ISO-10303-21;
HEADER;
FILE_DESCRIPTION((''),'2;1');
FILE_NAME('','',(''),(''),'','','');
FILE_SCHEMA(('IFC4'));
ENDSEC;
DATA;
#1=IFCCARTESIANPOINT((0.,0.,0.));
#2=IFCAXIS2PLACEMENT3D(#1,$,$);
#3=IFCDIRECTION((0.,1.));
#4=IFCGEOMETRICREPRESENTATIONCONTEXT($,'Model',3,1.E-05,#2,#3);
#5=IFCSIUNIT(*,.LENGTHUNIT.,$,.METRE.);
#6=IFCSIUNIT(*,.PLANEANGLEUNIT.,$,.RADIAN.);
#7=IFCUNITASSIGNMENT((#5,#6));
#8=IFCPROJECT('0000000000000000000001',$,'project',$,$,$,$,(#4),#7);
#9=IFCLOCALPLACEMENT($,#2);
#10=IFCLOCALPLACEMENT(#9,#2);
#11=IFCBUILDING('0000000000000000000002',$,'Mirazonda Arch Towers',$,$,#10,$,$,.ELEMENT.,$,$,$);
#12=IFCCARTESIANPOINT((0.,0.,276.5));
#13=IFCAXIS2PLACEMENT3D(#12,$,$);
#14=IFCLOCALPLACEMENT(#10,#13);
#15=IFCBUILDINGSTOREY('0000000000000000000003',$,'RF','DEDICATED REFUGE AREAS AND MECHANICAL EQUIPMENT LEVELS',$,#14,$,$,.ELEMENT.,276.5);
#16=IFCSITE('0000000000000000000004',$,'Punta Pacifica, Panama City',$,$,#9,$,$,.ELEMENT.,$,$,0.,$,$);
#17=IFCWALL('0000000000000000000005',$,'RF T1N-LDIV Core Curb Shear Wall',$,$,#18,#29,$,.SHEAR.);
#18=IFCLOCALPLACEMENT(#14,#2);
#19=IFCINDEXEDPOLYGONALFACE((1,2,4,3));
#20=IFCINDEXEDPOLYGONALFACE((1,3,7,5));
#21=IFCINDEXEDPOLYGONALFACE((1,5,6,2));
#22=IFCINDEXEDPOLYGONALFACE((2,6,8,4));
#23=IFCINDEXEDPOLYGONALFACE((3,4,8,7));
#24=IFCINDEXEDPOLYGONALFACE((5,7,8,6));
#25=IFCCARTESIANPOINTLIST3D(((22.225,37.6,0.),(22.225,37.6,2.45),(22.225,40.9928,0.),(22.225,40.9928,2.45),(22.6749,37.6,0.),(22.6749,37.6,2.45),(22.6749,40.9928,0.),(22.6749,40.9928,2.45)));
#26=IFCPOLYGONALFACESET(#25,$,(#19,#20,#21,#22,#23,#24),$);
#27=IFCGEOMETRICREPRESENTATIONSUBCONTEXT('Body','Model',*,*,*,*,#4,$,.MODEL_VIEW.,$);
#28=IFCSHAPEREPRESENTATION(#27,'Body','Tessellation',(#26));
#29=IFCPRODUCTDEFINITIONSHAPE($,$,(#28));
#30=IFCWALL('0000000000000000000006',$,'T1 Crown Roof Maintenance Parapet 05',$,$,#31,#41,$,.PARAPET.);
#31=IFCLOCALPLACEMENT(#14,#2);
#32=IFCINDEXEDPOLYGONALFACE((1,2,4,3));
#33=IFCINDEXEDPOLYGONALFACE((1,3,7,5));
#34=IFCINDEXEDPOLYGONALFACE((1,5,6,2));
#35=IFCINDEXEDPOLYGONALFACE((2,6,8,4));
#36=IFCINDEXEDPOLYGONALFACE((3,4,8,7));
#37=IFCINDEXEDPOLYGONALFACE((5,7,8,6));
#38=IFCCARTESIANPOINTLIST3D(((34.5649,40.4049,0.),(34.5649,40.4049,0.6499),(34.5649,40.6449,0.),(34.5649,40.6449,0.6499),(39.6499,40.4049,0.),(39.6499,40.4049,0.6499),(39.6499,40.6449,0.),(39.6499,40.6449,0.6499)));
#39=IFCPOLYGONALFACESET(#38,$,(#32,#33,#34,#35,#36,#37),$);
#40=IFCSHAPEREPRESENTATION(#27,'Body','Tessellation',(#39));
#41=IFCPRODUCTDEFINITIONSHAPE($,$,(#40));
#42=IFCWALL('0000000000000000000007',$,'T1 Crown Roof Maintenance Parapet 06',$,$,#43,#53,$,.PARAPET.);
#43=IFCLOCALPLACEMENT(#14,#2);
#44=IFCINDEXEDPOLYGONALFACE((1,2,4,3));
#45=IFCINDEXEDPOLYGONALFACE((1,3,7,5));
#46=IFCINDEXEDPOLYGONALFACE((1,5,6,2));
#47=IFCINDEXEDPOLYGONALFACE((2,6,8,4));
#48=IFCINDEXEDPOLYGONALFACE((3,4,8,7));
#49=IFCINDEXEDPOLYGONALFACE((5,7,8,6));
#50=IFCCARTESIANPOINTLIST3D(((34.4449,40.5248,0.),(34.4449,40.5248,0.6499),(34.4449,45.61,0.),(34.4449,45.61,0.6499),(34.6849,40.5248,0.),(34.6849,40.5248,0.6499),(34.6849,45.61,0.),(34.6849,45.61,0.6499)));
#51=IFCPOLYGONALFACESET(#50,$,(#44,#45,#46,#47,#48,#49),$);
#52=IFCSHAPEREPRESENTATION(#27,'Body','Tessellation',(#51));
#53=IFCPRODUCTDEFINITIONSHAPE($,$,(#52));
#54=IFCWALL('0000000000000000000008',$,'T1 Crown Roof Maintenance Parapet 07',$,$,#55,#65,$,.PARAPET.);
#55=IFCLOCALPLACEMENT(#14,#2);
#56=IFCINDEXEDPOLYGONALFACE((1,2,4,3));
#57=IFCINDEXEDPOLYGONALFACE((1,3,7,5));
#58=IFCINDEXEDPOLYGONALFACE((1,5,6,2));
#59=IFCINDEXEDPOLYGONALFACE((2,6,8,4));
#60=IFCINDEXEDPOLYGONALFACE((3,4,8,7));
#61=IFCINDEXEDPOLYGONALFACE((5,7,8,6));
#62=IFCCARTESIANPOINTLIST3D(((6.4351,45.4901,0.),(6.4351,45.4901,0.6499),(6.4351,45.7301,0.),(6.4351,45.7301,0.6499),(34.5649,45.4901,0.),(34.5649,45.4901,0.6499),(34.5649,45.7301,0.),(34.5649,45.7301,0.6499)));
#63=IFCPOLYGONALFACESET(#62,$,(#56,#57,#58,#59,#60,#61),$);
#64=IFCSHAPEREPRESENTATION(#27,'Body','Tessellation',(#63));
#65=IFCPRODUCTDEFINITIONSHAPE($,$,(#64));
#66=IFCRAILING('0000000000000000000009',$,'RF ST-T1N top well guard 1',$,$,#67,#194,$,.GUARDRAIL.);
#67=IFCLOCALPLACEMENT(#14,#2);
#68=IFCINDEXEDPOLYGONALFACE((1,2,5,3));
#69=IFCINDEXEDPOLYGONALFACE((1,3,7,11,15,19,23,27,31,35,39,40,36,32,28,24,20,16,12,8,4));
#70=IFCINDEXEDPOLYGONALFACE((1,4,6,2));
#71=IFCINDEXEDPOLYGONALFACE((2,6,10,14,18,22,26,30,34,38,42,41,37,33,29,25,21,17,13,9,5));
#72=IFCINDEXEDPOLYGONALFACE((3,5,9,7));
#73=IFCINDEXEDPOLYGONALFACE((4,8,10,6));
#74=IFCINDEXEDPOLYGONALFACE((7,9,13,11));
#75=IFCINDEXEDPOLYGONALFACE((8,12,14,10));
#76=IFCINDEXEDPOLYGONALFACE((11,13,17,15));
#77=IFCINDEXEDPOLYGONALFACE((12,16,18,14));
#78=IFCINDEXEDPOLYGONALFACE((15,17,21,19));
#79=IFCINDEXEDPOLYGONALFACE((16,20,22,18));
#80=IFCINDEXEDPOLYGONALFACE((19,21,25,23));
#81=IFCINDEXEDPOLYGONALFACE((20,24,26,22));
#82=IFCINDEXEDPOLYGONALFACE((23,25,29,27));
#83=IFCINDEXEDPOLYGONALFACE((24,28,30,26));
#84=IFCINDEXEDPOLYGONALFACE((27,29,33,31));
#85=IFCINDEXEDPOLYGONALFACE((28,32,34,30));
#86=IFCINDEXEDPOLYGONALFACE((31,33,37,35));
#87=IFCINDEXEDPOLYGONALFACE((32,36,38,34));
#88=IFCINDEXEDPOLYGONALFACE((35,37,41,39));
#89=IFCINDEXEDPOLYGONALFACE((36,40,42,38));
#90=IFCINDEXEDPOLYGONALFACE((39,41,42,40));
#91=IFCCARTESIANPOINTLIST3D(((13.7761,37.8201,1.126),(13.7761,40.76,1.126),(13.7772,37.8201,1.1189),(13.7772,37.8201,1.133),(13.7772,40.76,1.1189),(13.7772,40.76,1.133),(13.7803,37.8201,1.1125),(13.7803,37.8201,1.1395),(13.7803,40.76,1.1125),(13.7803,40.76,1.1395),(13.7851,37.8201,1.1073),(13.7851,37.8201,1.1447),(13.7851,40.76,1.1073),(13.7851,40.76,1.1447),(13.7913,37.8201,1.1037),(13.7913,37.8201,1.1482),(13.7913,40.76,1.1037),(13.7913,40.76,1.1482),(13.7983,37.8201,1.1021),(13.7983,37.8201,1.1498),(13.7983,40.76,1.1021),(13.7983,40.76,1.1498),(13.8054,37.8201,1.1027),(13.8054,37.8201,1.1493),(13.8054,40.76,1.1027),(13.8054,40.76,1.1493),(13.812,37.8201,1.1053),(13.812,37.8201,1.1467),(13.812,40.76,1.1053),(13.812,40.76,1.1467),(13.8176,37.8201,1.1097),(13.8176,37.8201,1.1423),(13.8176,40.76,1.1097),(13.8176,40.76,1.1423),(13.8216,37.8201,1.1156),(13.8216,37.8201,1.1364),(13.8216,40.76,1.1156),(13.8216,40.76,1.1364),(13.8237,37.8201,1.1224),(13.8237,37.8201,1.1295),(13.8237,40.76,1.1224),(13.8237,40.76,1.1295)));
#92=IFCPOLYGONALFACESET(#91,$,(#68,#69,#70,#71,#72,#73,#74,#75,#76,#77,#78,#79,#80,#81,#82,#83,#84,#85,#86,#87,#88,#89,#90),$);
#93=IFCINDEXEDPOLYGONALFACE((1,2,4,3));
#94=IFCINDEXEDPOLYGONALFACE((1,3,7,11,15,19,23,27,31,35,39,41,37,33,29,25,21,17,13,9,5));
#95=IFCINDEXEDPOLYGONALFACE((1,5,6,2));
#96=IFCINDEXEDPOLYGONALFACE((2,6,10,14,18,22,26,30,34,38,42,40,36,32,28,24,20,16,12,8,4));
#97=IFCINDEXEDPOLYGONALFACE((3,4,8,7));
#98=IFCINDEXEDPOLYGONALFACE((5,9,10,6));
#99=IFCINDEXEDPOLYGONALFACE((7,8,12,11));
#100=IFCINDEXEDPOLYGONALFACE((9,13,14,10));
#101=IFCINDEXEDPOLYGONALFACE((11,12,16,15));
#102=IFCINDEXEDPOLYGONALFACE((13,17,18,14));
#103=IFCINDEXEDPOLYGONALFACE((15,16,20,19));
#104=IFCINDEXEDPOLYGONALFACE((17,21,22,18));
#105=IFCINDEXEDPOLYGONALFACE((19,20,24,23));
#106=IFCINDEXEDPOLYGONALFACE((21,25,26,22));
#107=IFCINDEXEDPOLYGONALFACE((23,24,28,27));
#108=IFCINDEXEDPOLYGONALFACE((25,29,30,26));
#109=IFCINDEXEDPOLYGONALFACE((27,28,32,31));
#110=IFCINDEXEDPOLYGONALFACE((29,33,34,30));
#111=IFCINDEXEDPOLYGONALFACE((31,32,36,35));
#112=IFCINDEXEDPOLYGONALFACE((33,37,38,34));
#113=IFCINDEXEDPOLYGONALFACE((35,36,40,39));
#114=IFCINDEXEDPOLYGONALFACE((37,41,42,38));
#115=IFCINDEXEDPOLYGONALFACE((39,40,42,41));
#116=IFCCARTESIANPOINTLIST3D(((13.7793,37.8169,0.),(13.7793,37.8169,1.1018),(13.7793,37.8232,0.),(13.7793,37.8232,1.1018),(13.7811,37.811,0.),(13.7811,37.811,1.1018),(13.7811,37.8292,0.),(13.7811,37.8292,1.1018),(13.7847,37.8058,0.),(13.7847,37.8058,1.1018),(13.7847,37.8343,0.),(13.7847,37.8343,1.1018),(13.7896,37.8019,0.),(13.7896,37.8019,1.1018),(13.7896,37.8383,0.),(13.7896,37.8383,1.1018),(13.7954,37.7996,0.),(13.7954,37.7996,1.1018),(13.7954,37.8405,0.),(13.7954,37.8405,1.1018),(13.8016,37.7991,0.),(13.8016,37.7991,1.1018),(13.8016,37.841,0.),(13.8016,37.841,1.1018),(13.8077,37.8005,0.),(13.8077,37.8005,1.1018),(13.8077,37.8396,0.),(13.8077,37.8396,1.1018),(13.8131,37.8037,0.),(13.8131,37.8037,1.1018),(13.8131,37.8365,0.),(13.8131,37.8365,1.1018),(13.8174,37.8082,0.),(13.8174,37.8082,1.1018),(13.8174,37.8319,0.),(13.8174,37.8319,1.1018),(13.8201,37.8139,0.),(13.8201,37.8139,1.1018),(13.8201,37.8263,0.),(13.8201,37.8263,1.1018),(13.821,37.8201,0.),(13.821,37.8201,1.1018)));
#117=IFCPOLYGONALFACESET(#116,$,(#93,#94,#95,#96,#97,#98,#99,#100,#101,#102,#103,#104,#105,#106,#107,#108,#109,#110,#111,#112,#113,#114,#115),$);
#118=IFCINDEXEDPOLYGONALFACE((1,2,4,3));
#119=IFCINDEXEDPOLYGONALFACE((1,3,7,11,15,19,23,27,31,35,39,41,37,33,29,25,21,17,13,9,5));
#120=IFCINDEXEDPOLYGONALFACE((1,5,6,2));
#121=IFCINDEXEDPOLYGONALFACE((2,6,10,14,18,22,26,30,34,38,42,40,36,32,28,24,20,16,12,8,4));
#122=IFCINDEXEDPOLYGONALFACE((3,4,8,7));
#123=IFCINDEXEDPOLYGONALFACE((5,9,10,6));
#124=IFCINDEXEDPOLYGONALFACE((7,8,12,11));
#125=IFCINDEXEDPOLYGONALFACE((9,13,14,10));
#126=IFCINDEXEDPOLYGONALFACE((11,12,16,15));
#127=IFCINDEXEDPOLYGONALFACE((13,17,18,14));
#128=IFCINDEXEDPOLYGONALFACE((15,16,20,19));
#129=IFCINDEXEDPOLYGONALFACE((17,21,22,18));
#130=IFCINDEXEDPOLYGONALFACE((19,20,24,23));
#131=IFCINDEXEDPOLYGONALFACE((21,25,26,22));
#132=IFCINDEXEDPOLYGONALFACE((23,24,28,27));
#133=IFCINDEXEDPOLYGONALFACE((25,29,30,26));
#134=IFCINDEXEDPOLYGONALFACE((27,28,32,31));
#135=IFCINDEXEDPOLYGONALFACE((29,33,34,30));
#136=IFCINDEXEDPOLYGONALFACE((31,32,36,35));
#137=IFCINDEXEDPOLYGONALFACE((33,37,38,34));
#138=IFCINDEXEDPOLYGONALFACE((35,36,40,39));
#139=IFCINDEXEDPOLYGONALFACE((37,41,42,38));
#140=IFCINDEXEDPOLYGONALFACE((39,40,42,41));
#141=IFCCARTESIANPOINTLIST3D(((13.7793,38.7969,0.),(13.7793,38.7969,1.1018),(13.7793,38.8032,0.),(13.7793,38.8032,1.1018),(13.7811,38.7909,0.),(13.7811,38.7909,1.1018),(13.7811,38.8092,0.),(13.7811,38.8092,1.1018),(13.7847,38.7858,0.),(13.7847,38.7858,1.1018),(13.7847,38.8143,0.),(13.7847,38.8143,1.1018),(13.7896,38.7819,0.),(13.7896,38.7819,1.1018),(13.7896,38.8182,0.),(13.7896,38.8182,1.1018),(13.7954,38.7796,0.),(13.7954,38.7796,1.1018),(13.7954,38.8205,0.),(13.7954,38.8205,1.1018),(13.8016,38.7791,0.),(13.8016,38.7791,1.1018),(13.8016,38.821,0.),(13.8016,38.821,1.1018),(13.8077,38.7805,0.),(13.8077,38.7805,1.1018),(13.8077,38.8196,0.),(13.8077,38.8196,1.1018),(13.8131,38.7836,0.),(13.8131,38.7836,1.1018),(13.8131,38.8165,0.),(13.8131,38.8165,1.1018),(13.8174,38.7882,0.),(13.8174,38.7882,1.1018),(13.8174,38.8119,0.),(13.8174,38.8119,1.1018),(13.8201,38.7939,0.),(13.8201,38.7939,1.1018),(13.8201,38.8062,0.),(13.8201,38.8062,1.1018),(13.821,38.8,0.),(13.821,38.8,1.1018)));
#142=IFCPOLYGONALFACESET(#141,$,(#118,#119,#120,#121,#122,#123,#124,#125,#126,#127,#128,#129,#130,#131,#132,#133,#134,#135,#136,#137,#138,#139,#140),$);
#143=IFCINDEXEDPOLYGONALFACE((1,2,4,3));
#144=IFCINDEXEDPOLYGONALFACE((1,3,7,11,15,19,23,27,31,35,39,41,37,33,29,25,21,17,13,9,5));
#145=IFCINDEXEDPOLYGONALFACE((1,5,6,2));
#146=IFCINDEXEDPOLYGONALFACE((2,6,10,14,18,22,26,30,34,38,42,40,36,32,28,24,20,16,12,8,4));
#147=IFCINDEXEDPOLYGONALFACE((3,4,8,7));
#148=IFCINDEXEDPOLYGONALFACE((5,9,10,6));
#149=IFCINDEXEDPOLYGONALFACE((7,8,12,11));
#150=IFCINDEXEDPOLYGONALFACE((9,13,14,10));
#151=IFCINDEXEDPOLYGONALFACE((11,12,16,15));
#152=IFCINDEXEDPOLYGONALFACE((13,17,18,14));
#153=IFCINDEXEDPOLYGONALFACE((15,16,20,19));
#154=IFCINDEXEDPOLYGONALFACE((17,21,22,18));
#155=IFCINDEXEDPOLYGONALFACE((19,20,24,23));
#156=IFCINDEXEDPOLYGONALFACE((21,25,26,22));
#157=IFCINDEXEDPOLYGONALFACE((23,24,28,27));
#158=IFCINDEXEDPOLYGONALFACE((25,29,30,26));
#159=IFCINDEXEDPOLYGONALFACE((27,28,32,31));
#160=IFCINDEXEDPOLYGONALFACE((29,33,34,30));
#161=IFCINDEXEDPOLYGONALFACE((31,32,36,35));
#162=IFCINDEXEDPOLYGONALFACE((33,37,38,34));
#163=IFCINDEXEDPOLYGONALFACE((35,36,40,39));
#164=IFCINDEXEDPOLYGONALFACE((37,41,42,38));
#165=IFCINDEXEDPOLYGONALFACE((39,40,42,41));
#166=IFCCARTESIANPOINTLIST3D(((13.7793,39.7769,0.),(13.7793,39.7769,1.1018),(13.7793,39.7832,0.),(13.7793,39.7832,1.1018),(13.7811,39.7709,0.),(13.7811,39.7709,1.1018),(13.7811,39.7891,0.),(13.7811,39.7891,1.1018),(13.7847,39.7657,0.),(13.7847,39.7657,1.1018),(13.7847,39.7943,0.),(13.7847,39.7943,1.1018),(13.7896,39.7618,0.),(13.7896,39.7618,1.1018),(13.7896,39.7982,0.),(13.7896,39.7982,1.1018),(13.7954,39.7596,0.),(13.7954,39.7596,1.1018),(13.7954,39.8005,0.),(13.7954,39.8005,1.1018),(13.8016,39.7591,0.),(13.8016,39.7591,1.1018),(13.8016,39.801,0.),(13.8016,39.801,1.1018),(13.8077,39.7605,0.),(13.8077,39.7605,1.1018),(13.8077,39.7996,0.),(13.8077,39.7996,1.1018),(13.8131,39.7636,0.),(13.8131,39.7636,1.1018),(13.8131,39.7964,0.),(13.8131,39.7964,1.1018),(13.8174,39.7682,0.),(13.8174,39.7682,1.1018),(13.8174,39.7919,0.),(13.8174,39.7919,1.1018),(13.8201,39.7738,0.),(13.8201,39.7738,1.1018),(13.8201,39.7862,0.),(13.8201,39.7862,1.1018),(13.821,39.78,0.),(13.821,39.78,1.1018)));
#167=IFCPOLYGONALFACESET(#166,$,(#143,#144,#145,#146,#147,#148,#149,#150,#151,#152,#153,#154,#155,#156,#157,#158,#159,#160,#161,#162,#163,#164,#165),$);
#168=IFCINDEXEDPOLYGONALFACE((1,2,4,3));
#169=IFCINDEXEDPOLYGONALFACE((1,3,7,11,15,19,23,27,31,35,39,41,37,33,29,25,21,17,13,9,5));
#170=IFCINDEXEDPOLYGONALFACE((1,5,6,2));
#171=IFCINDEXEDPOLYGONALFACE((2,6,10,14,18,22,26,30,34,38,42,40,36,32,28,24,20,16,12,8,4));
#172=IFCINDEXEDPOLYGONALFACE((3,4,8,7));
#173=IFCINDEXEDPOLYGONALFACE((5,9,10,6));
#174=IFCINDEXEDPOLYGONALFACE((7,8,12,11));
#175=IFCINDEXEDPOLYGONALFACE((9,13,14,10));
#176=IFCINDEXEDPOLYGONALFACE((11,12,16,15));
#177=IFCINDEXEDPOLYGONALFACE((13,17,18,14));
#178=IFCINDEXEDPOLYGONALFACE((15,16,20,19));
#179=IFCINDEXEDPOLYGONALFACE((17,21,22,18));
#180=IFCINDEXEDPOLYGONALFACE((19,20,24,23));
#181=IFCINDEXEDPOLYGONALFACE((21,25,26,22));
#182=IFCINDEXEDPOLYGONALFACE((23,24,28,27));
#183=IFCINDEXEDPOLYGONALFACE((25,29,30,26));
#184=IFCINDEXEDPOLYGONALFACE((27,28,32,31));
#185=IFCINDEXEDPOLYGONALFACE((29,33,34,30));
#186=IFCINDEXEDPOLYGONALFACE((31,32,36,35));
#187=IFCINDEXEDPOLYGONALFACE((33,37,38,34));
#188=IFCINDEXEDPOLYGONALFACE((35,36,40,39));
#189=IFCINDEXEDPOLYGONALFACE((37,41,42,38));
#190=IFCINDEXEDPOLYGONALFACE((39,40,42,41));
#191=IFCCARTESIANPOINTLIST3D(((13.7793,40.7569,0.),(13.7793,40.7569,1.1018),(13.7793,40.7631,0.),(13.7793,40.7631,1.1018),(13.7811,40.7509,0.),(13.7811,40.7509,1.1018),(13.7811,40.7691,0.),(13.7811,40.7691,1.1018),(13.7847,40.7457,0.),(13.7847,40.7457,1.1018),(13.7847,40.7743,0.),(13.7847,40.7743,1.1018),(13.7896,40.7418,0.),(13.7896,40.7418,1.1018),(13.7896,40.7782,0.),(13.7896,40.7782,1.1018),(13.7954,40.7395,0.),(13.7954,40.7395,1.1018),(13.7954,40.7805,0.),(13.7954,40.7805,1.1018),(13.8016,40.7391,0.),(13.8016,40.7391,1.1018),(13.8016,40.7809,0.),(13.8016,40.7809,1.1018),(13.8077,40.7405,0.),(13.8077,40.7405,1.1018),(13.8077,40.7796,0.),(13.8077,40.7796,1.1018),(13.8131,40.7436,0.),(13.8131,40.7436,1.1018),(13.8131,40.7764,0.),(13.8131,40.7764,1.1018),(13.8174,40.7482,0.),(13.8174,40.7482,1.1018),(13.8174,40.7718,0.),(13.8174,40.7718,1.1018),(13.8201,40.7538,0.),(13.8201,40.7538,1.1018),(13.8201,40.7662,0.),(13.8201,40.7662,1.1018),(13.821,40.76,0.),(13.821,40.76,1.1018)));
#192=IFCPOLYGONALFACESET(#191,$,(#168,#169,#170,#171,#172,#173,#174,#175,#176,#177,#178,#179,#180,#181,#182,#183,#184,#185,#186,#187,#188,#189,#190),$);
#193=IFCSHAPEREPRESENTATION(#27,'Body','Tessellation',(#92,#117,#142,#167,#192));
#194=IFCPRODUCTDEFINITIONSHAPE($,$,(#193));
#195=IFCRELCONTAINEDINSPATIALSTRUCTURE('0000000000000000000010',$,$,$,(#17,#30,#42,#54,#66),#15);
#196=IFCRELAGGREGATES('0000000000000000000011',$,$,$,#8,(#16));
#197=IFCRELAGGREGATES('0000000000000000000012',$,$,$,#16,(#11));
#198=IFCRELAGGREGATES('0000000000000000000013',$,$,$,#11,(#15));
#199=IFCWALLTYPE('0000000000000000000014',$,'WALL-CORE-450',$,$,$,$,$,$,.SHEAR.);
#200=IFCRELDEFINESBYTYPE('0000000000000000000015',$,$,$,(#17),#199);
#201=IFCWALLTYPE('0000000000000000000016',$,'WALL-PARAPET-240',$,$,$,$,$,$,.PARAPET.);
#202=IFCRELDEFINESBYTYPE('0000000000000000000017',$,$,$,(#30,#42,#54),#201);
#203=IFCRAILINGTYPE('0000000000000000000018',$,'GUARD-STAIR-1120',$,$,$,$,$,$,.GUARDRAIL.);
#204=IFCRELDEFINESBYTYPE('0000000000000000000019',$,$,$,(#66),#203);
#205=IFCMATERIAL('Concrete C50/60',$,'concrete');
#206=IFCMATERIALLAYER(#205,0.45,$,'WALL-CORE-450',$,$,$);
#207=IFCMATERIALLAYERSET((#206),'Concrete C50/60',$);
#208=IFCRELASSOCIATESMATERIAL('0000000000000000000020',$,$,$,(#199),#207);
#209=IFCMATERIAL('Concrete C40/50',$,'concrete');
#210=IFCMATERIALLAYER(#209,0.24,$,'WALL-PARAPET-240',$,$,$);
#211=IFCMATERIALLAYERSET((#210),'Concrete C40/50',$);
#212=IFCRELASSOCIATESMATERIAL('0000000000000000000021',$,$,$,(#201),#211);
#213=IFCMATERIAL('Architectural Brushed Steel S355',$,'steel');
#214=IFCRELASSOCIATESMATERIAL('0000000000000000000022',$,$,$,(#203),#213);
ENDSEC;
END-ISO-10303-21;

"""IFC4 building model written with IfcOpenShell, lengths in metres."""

from ifc_helpers import new_model, si_unit, direction, frame, frame_2d, origin, origin_2d, place, context, subcontext, project, spatial, rectangle, circle, extrude, material, layer, layer_set, type_object, element, save


model = new_model("IFC4")

# Units and contexts
model_context = context("Model", 3, precision=1e-05, world=origin(), true_north=direction((0.0, 1.0)))
body_context = subcontext(model_context, "Body", "Model", "MODEL_VIEW")
ifc_project = project(units=[si_unit("LENGTHUNIT", "METRE"), si_unit("PLANEANGLEUNIT", "RADIAN")], contexts=[model_context])

# Site, building, storey
site_placement = place(None, origin())
site = spatial("IfcSite", under=ifc_project, at=site_placement, Name="Punta Pacifica, Panama City", CompositionType="ELEMENT", RefElevation=0.0)
building_placement = place(site_placement, origin())
building = spatial("IfcBuilding", under=site, at=building_placement, Name="Mirazonda Arch Towers", CompositionType="ELEMENT")
storey_placement = place(building_placement, frame((0.0, 0.0, 276.5)))
storey = spatial("IfcBuildingStorey", under=building, at=storey_placement, Name="RF", Description="DEDICATED REFUGE AREAS AND MECHANICAL EQUIPMENT LEVELS", CompositionType="ELEMENT", Elevation=276.5)

# Walls
ifc_material_1 = material(Name="Concrete C50/60", Category="concrete")
ifc_layer_1 = layer(ifc_material_1, 0.45, Name="WALL-CORE-450")
ifc_layer_set_1 = layer_set([ifc_layer_1], Name="Concrete C50/60")
wall_type_1 = type_object("IfcWallType", Name="WALL-CORE-450", PredefinedType="SHEAR", material=ifc_layer_set_1)
for number, where, z_axis, x_axis, name in (
    (1, (22.45, 37.6001, 0.0), (0.0, 0.0, 1.0), (0.0, 1.0, 0.0), "RF T1N-LDIV Core Curb Shear Wall"),
):
    element("IfcWall", number, at=place(storey_placement, frame(where, z_axis=z_axis, x_axis=x_axis)), inside=storey, type_object=wall_type_1, Name=name, PredefinedType="SHEAR", context=body_context, shape_type="SweptSolid", body=[
        extrude(rectangle(XDim=3.3928, YDim=0.45, at=frame_2d((1.6963, 0.0))), origin(), (0.0, 0.0, 1.0), 2.45),
    ])
ifc_material_2 = material(Name="Concrete C40/50", Category="concrete")
ifc_layer_2 = layer(ifc_material_2, 0.24, Name="WALL-PARAPET-240")
ifc_layer_set_2 = layer_set([ifc_layer_2], Name="Concrete C40/50")
wall_type_2 = type_object("IfcWallType", Name="WALL-PARAPET-240", PredefinedType="PARAPET", material=ifc_layer_set_2)
wall_1_placement = place(storey_placement, frame((39.6499, 40.5249, 0.0), z_axis=(0.0, 0.0, 1.0), x_axis=(-1.0, 0.0, 0.0)))
element("IfcWall", 2, at=wall_1_placement, inside=storey, type_object=wall_type_2, Name="T1 Crown Roof Maintenance Parapet 05", PredefinedType="PARAPET", context=body_context, shape_type="SweptSolid", body=[
    extrude(rectangle(XDim=5.085, YDim=0.24, at=frame_2d((2.5425, 0.0))), origin(), (0.0, 0.0, 1.0), 0.6499),
])
wall_2_placement = place(storey_placement, frame((34.5649, 40.5249, 0.0), z_axis=(0.0, 0.0, 1.0), x_axis=(0.0, 1.0, 0.0)))
element("IfcWall", 3, at=wall_2_placement, inside=storey, type_object=wall_type_2, Name="T1 Crown Roof Maintenance Parapet 06", PredefinedType="PARAPET", context=body_context, shape_type="SweptSolid", body=[
    extrude(rectangle(XDim=5.0852, YDim=0.24, at=frame_2d((2.5425, 0.0))), origin(), (0.0, 0.0, 1.0), 0.6499),
])
wall_3_placement = place(storey_placement, frame((34.5649, 45.6101, 0.0), z_axis=(0.0, 0.0, 1.0), x_axis=(-1.0, 0.0, 0.0)))
element("IfcWall", 4, at=wall_3_placement, inside=storey, type_object=wall_type_2, Name="T1 Crown Roof Maintenance Parapet 07", PredefinedType="PARAPET", context=body_context, shape_type="SweptSolid", body=[
    extrude(rectangle(XDim=28.1299, YDim=0.24, at=frame_2d((14.0649, 0.0))), origin(), (0.0, 0.0, 1.0), 0.6499),
])

# Railing
ifc_material_3 = material(Name="Architectural Brushed Steel S355", Category="steel")
railing_type = type_object("IfcRailingType", Name="GUARD-STAIR-1120", PredefinedType="GUARDRAIL", material=ifc_material_3)
railing_placement = place(storey_placement, frame((13.8, 37.8201, 0.0)))
element("IfcRailing", 5, at=railing_placement, inside=storey, type_object=railing_type, Name="RF ST-T1N top well guard 1", PredefinedType="GUARDRAIL", context=body_context, shape_type="SweptSolid", body=[
    extrude(circle(Radius=0.0239, at=origin_2d()), frame((0.0, 0.0, 1.126), z_axis=(0.0, 1.0, 0.0), x_axis=(-1.0, 0.0, 0.0)), (0.0, 0.0, 1.0), 2.9399),
    extrude(circle(Radius=0.021, at=origin_2d()), origin(), (0.0, 0.0, 1.0), 1.1018),
    extrude(circle(Radius=0.021, at=origin_2d()), frame((0.0, 0.98, 0.0)), (0.0, 0.0, 1.0), 1.1018),
    extrude(circle(Radius=0.021, at=origin_2d()), frame((0.0, 1.96, 0.0)), (0.0, 0.0, 1.0), 1.1018),
    extrude(circle(Radius=0.021, at=origin_2d()), frame((0.0, 2.9399, 0.0)), (0.0, 0.0, 1.0), 1.1018),
])

save(model, "model.ifc")
